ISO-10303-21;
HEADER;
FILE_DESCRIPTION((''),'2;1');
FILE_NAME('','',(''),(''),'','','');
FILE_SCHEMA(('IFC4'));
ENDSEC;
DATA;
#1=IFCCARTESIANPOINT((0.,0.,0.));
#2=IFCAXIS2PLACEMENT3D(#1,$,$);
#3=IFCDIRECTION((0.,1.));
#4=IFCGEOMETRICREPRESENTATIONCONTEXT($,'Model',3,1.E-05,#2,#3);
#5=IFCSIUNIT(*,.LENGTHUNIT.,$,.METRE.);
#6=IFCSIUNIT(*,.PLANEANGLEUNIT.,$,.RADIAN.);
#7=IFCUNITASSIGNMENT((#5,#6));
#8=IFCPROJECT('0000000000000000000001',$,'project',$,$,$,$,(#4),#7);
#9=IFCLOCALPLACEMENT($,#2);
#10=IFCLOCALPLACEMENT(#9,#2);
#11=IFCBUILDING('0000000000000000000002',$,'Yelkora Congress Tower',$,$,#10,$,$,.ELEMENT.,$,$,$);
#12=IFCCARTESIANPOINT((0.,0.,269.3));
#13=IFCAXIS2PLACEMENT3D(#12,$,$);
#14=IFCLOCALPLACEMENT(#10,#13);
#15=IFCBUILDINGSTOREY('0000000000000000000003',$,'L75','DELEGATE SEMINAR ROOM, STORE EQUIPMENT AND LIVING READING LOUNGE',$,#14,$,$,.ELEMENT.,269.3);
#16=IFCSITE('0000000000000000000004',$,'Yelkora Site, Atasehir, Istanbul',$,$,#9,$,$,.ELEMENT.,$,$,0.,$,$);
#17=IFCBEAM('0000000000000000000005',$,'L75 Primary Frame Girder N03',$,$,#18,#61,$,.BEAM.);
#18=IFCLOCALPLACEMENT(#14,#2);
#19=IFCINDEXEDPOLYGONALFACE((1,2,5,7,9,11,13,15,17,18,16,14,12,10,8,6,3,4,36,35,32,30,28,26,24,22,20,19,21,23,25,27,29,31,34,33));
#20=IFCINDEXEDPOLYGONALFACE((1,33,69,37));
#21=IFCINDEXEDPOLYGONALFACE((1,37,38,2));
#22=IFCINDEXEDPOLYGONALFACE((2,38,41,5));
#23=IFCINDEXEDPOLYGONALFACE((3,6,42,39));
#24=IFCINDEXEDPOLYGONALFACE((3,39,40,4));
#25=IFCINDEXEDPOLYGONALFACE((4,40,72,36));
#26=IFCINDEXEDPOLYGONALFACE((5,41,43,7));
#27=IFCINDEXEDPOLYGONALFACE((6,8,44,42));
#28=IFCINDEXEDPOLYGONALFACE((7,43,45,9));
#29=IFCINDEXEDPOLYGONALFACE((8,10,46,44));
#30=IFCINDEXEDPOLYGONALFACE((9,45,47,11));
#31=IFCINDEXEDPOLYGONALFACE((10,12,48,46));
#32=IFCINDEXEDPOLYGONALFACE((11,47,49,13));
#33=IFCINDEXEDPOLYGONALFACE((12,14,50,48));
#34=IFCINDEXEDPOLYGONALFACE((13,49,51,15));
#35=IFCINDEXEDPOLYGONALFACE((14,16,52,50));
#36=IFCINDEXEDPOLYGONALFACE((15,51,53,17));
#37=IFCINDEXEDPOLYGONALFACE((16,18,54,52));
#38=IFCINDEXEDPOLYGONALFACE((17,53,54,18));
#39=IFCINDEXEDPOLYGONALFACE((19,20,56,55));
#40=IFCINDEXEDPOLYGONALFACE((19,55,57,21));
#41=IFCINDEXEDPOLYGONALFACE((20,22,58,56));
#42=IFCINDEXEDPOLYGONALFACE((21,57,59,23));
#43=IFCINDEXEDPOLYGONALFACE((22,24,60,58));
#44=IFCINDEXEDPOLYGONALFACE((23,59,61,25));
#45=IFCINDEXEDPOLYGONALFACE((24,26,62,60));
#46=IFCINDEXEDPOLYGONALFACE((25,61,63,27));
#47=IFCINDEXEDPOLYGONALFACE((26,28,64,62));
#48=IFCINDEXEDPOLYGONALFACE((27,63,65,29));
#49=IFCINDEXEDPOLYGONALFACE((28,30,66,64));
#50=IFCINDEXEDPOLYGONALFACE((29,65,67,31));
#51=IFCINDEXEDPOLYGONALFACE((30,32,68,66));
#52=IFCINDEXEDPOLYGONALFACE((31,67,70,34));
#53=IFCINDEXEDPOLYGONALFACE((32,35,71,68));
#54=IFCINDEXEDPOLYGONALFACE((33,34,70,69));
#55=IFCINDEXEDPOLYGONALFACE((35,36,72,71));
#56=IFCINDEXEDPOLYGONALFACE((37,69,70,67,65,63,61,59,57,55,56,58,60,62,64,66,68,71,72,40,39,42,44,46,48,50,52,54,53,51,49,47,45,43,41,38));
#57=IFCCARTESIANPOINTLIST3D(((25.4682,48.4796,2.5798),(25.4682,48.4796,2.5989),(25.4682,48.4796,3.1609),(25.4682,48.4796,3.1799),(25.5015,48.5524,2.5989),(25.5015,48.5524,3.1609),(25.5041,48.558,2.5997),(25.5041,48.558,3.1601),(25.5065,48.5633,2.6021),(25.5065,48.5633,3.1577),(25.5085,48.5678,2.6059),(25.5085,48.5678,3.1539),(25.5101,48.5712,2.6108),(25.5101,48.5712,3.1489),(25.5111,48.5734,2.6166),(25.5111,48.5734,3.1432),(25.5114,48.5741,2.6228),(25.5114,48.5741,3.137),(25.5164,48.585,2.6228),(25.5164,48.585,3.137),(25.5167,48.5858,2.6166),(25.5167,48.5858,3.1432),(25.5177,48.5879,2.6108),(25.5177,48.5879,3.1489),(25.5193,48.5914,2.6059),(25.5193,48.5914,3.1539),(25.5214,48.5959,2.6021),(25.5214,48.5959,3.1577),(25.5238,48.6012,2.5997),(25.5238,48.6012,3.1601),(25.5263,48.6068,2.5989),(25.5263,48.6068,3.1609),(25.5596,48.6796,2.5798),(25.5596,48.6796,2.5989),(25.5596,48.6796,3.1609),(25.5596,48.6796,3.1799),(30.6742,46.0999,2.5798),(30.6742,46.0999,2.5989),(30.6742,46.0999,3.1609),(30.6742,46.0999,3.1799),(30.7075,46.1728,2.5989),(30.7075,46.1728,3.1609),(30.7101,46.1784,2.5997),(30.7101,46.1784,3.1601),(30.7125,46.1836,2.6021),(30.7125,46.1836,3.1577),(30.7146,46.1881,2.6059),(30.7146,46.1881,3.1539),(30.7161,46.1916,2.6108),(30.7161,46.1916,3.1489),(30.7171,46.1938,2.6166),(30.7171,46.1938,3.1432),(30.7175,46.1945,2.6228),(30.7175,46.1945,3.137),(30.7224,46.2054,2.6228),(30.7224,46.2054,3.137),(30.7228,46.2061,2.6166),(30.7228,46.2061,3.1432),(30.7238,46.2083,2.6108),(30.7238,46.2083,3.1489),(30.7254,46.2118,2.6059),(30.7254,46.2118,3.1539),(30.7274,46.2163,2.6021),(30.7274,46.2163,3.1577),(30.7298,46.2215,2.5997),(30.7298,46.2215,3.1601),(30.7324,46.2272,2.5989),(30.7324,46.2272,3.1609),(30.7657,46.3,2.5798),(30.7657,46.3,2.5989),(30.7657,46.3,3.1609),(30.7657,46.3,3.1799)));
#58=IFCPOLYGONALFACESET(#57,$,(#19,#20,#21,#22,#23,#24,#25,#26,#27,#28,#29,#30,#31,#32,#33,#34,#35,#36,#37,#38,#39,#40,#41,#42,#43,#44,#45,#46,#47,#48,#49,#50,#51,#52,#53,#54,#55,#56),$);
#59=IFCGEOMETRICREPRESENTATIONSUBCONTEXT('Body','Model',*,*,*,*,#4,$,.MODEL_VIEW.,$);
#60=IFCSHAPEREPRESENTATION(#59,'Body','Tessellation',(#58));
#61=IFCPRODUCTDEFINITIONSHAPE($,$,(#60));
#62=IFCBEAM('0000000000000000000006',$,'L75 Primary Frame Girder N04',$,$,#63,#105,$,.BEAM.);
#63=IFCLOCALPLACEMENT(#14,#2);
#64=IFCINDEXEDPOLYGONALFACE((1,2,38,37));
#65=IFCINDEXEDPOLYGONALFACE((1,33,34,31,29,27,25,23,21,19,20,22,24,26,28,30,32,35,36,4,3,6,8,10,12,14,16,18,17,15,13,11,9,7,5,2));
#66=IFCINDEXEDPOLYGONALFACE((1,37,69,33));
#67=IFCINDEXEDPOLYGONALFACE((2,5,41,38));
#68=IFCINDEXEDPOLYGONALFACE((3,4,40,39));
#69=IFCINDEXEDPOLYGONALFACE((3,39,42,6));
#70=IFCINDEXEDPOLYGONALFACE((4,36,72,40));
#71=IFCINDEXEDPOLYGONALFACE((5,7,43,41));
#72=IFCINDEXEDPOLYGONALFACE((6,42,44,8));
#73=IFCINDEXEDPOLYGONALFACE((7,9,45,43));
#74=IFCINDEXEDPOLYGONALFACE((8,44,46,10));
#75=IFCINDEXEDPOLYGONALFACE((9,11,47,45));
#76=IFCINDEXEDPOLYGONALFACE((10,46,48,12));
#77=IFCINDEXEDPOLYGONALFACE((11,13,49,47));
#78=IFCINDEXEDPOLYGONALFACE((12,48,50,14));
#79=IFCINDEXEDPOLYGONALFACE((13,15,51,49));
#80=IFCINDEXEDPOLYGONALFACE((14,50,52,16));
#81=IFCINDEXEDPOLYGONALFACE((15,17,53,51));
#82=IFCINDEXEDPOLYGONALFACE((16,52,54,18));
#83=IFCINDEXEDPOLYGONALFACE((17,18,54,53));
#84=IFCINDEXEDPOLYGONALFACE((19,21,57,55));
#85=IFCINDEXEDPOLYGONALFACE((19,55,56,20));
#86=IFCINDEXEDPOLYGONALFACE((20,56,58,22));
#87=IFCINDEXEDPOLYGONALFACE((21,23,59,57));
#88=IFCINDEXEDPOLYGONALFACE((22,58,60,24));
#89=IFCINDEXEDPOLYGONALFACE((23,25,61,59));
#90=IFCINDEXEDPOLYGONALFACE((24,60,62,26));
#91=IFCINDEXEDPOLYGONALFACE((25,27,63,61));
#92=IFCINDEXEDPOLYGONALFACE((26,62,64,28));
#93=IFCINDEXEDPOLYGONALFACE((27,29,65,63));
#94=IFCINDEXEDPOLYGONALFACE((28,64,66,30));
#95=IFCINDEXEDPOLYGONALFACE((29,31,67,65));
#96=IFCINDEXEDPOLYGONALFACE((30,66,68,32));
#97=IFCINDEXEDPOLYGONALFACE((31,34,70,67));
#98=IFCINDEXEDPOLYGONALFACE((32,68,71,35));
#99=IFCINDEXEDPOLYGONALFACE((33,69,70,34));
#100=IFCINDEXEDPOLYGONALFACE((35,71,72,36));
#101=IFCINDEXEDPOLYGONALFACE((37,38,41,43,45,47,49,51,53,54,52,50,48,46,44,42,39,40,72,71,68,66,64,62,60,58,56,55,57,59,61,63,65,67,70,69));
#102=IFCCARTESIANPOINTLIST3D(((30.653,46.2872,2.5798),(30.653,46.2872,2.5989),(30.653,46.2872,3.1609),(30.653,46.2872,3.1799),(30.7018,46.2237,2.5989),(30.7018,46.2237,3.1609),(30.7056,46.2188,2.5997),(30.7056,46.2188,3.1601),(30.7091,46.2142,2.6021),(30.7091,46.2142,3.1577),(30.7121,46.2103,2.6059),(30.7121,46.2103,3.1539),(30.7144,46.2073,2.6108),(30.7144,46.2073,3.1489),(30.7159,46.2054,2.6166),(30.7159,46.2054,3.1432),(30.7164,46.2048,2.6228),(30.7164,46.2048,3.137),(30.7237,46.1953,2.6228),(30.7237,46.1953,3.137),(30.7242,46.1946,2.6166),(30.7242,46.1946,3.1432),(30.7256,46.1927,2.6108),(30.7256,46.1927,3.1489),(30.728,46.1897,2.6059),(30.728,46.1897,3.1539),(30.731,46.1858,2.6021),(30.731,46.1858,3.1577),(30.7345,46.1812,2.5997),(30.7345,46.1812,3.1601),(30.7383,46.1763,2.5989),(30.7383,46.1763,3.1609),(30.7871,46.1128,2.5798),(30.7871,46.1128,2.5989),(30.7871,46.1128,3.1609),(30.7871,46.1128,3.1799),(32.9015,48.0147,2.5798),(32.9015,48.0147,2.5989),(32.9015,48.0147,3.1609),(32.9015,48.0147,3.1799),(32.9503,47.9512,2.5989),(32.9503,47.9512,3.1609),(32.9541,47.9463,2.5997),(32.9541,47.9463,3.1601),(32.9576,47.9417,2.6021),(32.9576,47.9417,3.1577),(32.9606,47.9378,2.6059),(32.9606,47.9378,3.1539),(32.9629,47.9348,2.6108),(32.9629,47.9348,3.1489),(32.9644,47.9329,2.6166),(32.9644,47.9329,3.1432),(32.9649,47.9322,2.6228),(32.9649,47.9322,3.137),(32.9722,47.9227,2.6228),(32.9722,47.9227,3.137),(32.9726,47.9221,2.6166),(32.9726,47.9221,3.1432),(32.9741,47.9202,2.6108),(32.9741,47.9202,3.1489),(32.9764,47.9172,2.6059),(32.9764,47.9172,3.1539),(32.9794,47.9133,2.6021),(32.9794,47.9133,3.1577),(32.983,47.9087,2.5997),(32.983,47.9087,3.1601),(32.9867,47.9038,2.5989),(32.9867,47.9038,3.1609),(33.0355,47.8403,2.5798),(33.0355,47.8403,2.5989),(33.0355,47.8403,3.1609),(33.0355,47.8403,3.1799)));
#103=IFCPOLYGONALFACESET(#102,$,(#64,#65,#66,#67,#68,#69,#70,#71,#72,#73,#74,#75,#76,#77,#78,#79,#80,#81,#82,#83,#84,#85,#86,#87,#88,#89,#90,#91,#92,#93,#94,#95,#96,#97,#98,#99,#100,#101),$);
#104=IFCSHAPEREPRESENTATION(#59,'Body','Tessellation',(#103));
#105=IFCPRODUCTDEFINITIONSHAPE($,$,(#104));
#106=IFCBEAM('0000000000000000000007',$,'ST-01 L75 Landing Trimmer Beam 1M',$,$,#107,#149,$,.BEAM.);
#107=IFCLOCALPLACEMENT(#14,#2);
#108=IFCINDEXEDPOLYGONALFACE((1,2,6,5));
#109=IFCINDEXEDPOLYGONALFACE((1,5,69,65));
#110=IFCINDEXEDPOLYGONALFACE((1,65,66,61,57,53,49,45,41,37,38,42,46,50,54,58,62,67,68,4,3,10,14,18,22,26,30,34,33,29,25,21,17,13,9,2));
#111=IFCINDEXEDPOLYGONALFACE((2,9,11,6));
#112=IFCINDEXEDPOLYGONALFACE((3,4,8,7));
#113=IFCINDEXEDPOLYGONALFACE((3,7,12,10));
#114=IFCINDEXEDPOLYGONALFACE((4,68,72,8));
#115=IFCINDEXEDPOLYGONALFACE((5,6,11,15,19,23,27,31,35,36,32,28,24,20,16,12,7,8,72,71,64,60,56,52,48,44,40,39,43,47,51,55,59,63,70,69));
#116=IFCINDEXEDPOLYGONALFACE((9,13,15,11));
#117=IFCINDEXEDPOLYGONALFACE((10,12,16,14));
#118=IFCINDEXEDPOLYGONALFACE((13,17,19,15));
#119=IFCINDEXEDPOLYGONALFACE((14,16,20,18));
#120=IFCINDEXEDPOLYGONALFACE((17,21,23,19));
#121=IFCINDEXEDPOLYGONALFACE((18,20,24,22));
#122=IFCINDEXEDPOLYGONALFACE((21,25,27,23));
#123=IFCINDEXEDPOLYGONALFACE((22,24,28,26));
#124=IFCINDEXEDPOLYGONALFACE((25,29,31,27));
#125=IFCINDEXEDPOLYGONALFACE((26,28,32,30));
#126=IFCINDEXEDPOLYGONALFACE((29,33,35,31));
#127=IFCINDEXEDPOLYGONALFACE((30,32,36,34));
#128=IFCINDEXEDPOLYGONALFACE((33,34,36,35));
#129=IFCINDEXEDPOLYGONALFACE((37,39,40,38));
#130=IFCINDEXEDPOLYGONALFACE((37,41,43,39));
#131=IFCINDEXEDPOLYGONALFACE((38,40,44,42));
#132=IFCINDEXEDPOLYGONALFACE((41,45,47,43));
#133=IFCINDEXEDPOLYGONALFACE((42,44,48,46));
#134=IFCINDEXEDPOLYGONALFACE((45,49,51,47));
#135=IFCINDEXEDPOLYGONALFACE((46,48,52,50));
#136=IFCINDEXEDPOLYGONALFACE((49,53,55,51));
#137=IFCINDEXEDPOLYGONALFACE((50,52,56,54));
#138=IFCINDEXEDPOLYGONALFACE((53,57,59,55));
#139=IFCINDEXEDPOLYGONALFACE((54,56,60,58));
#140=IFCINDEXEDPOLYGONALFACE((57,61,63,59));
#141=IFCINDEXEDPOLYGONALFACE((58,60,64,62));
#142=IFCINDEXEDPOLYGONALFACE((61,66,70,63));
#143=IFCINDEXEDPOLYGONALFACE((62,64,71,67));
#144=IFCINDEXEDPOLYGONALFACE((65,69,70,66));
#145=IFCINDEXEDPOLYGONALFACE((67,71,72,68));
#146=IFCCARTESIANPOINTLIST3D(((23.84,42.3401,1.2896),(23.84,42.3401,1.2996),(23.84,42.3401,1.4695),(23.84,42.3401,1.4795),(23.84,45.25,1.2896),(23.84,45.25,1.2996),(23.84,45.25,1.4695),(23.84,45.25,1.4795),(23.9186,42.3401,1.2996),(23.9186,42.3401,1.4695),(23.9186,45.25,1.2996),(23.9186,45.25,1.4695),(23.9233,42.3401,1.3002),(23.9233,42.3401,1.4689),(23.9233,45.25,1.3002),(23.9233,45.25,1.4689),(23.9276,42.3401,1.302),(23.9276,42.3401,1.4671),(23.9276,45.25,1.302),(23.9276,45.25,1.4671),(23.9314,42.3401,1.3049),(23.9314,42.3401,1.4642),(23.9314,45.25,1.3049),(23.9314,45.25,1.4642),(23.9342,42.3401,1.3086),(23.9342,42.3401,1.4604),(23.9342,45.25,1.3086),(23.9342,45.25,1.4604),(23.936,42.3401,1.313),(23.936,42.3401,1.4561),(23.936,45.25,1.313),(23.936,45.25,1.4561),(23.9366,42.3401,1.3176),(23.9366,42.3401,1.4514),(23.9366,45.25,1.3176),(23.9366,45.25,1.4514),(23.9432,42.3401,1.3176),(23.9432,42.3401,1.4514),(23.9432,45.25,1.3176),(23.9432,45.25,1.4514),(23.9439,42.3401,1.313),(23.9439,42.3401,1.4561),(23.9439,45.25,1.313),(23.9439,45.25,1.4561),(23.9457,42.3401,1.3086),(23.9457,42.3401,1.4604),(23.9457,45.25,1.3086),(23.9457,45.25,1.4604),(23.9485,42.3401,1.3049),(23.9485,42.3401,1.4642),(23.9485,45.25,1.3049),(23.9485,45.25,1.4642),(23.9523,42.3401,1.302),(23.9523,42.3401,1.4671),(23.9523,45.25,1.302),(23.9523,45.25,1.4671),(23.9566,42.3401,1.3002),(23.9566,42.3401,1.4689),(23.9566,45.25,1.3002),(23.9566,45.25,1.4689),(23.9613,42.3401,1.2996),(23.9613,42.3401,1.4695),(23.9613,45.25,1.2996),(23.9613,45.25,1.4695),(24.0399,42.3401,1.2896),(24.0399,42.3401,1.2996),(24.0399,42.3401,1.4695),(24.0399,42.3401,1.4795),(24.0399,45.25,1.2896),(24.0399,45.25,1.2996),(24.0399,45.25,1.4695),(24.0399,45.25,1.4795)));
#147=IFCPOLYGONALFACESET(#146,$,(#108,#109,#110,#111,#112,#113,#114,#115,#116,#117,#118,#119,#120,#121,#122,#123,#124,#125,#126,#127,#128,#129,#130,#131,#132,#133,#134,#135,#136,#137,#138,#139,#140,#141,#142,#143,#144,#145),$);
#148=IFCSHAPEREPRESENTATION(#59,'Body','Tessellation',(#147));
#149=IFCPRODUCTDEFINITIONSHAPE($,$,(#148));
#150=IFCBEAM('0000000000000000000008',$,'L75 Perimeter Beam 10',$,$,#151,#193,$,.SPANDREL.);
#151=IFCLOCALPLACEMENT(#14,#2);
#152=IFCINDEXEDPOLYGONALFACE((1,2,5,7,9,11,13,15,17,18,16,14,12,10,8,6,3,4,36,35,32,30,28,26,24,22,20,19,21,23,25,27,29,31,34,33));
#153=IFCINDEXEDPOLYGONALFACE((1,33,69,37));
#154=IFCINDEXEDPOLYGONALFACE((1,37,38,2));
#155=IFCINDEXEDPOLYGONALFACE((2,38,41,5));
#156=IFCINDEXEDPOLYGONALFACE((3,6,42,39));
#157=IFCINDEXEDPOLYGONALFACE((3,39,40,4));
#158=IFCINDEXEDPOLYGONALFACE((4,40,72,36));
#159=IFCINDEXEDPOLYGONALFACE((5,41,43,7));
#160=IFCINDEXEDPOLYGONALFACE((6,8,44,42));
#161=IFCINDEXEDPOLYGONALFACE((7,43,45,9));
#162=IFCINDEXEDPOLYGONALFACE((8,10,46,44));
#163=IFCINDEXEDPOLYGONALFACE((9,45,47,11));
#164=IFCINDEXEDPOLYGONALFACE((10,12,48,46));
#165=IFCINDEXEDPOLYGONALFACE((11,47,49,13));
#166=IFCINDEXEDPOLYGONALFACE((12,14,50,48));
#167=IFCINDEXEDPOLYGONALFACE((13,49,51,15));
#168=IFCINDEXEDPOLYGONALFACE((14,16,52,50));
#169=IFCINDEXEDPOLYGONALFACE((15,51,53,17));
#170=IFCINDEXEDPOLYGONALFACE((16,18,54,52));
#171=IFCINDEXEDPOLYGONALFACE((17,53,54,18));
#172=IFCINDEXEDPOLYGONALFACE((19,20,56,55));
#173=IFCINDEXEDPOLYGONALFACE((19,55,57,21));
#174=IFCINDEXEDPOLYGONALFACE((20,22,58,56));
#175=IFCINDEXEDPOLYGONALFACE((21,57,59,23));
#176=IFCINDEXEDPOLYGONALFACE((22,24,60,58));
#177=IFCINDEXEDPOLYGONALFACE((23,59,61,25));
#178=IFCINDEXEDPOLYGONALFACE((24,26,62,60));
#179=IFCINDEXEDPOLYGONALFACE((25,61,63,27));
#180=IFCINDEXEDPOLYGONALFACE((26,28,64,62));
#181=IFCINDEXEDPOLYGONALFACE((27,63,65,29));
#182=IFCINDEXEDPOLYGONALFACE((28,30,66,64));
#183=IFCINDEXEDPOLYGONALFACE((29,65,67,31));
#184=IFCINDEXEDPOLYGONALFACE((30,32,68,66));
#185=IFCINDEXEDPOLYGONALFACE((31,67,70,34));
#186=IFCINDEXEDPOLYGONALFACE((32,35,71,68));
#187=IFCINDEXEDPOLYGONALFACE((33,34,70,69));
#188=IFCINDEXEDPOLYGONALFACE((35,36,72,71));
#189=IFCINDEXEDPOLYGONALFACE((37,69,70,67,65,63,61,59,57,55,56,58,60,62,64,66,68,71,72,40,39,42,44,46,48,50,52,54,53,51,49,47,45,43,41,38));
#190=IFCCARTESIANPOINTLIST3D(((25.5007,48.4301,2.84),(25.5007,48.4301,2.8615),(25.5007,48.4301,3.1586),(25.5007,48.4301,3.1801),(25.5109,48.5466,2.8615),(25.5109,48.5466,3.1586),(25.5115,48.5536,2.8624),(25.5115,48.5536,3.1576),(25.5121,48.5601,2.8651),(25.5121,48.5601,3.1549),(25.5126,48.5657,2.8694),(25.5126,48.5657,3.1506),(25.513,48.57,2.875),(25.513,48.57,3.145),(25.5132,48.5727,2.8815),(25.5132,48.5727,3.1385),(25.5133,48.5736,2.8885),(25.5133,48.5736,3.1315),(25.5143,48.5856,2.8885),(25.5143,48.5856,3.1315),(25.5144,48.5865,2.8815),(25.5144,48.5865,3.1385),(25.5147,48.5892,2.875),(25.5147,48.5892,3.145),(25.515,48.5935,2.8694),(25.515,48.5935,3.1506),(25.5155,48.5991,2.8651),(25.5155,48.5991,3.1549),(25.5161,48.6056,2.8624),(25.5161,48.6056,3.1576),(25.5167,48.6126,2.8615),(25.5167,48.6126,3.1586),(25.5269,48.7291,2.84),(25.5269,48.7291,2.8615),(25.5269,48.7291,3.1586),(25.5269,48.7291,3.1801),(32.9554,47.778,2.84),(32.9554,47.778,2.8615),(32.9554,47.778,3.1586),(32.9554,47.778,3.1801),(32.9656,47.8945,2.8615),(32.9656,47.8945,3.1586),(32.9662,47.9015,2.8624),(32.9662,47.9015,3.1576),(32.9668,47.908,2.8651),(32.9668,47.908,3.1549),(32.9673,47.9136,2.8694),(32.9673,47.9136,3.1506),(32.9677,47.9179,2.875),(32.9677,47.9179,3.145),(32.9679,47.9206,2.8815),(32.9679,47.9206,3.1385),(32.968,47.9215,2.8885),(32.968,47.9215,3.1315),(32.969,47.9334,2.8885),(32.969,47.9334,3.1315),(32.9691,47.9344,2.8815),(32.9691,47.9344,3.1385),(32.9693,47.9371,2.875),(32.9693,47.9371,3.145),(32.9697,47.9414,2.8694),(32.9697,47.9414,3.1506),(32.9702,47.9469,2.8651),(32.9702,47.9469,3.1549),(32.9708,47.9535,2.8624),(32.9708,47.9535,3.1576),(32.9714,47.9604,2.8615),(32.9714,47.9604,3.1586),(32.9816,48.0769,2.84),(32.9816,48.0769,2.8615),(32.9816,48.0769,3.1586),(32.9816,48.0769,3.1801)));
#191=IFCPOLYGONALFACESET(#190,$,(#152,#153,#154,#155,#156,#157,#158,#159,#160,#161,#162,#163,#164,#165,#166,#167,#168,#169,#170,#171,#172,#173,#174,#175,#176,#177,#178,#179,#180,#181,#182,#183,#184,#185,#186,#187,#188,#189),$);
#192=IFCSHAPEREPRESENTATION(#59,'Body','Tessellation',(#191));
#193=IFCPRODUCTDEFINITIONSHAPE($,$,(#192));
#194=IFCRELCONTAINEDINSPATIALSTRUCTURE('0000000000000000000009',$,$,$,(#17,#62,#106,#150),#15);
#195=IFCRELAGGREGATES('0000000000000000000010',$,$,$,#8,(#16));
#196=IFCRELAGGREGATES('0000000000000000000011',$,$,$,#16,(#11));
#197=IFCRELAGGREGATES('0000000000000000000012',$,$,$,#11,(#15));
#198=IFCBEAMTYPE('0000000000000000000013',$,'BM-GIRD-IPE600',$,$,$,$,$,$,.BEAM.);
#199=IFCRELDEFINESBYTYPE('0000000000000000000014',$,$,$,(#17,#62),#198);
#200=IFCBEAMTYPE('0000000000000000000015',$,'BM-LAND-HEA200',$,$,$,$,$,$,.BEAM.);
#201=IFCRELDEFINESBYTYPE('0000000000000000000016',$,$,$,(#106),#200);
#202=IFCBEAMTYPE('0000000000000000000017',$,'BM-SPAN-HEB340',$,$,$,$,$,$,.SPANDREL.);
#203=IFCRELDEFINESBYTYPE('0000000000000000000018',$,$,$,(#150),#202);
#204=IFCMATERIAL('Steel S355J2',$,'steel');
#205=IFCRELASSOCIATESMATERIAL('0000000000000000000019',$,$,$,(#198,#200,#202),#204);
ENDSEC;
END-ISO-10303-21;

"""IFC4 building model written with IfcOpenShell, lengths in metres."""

from ifc_helpers import new_model, si_unit, direction, frame, origin, origin_2d, place, context, subcontext, project, spatial, i_section, extrude, material, material_profile, profile_set, type_object, element, save


model = new_model("IFC4")

# Units and contexts
model_context = context("Model", 3, precision=1e-05, world=origin(), true_north=direction((0.0, 1.0)))
body_context = subcontext(model_context, "Body", "Model", "MODEL_VIEW")
ifc_project = project(units=[si_unit("LENGTHUNIT", "METRE"), si_unit("PLANEANGLEUNIT", "RADIAN")], contexts=[model_context])

# Site, building, storey
site_placement = place(None, origin())
site = spatial("IfcSite", under=ifc_project, at=site_placement, Name="Yelkora Site, Atasehir, Istanbul", CompositionType="ELEMENT", RefElevation=0.0)
building_placement = place(site_placement, origin())
building = spatial("IfcBuilding", under=site, at=building_placement, Name="Yelkora Congress Tower", CompositionType="ELEMENT")
storey_placement = place(building_placement, frame((0.0, 0.0, 269.3)))
storey = spatial("IfcBuildingStorey", under=building, at=storey_placement, Name="L75", Description="DELEGATE SEMINAR ROOM, STORE EQUIPMENT AND LIVING READING LOUNGE", CompositionType="ELEMENT", Elevation=269.3)

# Shared definitions
ifc_material_1 = material(Name="Steel S355J2", Category="steel")

# Beams
ifc_material_profile_1 = material_profile(ifc_material_1, i_section(OverallWidth=0.22, OverallDepth=0.6001, WebThickness=0.012, FlangeThickness=0.019, FilletRadius=0.0239, at=origin_2d()), Name="IPE 600")
ifc_profile_set_1 = profile_set([ifc_material_profile_1], Name="Steel S355J2")
beam_type_1 = type_object("IfcBeamType", Name="BM-GIRD-IPE600", PredefinedType="BEAM", material=ifc_profile_set_1)
beam_1_placement = place(storey_placement, frame((25.5139, 48.5796, 2.8799), z_axis=(0.909492, -0.41572, 0.0), x_axis=(0.41572, 0.909492, 0.0)))
element("IfcBeam", 1, at=beam_1_placement, inside=storey, type_object=beam_type_1, Name="L75 Primary Frame Girder N03", PredefinedType="BEAM", context=body_context, shape_type="SweptSolid", body=[
    extrude(i_section(OverallWidth=0.22, OverallDepth=0.6001, WebThickness=0.012, FlangeThickness=0.019, FilletRadius=0.0239, at=origin_2d()), origin(), (0.0, 0.0, 1.0), 5.7241),
])
beam_2_placement = place(storey_placement, frame((32.9685, 47.9275, 2.8799), z_axis=(-0.792982, -0.609245, 0.0), x_axis=(0.609245, -0.792982, 0.0)))
element("IfcBeam", 2, at=beam_2_placement, inside=storey, type_object=beam_type_1, Name="L75 Primary Frame Girder N04", PredefinedType="BEAM", context=body_context, shape_type="SweptSolid", body=[
    extrude(i_section(OverallWidth=0.22, OverallDepth=0.6001, WebThickness=0.012, FlangeThickness=0.019, FilletRadius=0.0239, at=origin_2d()), origin(), (0.0, 0.0, 1.0), 2.8354),
])
ifc_material_profile_2 = material_profile(ifc_material_1, i_section(OverallWidth=0.2, OverallDepth=0.1899, WebThickness=0.0066, FlangeThickness=0.01, FilletRadius=0.0181, at=origin_2d()), Name="HEA 200")
ifc_profile_set_2 = profile_set([ifc_material_profile_2], Name="Steel S355J2")
beam_type_2 = type_object("IfcBeamType", Name="BM-LAND-HEA200", PredefinedType="BEAM", material=ifc_profile_set_2)
beam_3_placement = place(storey_placement, frame((23.9399, 42.3401, 1.3845), z_axis=(0.0, 1.0, 0.0), x_axis=(-1.0, 0.0, 0.0)))
element("IfcBeam", 3, at=beam_3_placement, inside=storey, type_object=beam_type_2, Name="ST-01 L75 Landing Trimmer Beam 1M", PredefinedType="BEAM", context=body_context, shape_type="SweptSolid", body=[
    extrude(i_section(OverallWidth=0.2, OverallDepth=0.1899, WebThickness=0.0066, FlangeThickness=0.01, FilletRadius=0.0181, at=origin_2d()), origin(), (0.0, 0.0, 1.0), 2.9099),
])
ifc_material_profile_3 = material_profile(ifc_material_1, i_section(OverallWidth=0.3, OverallDepth=0.3401, WebThickness=0.012, FlangeThickness=0.0215, FilletRadius=0.0271, at=origin_2d()), Name="HEB 340")
ifc_profile_set_3 = profile_set([ifc_material_profile_3], Name="Steel S355J2")
beam_type_3 = type_object("IfcBeamType", Name="BM-SPAN-HEB340", PredefinedType="SPANDREL", material=ifc_profile_set_3)
beam_4_placement = place(storey_placement, frame((32.9685, 47.9275, 3.01), z_axis=(-0.996196, 0.087143, 0.0), x_axis=(-0.087143, -0.996196, 0.0)))
element("IfcBeam", 4, at=beam_4_placement, inside=storey, type_object=beam_type_3, Name="L75 Perimeter Beam 10", PredefinedType="SPANDREL", context=body_context, shape_type="SweptSolid", body=[
    extrude(i_section(OverallWidth=0.3, OverallDepth=0.3401, WebThickness=0.012, FlangeThickness=0.0215, FilletRadius=0.0271, at=origin_2d()), origin(), (0.0, 0.0, 1.0), 7.4832),
])

save(model, "model.ifc")
